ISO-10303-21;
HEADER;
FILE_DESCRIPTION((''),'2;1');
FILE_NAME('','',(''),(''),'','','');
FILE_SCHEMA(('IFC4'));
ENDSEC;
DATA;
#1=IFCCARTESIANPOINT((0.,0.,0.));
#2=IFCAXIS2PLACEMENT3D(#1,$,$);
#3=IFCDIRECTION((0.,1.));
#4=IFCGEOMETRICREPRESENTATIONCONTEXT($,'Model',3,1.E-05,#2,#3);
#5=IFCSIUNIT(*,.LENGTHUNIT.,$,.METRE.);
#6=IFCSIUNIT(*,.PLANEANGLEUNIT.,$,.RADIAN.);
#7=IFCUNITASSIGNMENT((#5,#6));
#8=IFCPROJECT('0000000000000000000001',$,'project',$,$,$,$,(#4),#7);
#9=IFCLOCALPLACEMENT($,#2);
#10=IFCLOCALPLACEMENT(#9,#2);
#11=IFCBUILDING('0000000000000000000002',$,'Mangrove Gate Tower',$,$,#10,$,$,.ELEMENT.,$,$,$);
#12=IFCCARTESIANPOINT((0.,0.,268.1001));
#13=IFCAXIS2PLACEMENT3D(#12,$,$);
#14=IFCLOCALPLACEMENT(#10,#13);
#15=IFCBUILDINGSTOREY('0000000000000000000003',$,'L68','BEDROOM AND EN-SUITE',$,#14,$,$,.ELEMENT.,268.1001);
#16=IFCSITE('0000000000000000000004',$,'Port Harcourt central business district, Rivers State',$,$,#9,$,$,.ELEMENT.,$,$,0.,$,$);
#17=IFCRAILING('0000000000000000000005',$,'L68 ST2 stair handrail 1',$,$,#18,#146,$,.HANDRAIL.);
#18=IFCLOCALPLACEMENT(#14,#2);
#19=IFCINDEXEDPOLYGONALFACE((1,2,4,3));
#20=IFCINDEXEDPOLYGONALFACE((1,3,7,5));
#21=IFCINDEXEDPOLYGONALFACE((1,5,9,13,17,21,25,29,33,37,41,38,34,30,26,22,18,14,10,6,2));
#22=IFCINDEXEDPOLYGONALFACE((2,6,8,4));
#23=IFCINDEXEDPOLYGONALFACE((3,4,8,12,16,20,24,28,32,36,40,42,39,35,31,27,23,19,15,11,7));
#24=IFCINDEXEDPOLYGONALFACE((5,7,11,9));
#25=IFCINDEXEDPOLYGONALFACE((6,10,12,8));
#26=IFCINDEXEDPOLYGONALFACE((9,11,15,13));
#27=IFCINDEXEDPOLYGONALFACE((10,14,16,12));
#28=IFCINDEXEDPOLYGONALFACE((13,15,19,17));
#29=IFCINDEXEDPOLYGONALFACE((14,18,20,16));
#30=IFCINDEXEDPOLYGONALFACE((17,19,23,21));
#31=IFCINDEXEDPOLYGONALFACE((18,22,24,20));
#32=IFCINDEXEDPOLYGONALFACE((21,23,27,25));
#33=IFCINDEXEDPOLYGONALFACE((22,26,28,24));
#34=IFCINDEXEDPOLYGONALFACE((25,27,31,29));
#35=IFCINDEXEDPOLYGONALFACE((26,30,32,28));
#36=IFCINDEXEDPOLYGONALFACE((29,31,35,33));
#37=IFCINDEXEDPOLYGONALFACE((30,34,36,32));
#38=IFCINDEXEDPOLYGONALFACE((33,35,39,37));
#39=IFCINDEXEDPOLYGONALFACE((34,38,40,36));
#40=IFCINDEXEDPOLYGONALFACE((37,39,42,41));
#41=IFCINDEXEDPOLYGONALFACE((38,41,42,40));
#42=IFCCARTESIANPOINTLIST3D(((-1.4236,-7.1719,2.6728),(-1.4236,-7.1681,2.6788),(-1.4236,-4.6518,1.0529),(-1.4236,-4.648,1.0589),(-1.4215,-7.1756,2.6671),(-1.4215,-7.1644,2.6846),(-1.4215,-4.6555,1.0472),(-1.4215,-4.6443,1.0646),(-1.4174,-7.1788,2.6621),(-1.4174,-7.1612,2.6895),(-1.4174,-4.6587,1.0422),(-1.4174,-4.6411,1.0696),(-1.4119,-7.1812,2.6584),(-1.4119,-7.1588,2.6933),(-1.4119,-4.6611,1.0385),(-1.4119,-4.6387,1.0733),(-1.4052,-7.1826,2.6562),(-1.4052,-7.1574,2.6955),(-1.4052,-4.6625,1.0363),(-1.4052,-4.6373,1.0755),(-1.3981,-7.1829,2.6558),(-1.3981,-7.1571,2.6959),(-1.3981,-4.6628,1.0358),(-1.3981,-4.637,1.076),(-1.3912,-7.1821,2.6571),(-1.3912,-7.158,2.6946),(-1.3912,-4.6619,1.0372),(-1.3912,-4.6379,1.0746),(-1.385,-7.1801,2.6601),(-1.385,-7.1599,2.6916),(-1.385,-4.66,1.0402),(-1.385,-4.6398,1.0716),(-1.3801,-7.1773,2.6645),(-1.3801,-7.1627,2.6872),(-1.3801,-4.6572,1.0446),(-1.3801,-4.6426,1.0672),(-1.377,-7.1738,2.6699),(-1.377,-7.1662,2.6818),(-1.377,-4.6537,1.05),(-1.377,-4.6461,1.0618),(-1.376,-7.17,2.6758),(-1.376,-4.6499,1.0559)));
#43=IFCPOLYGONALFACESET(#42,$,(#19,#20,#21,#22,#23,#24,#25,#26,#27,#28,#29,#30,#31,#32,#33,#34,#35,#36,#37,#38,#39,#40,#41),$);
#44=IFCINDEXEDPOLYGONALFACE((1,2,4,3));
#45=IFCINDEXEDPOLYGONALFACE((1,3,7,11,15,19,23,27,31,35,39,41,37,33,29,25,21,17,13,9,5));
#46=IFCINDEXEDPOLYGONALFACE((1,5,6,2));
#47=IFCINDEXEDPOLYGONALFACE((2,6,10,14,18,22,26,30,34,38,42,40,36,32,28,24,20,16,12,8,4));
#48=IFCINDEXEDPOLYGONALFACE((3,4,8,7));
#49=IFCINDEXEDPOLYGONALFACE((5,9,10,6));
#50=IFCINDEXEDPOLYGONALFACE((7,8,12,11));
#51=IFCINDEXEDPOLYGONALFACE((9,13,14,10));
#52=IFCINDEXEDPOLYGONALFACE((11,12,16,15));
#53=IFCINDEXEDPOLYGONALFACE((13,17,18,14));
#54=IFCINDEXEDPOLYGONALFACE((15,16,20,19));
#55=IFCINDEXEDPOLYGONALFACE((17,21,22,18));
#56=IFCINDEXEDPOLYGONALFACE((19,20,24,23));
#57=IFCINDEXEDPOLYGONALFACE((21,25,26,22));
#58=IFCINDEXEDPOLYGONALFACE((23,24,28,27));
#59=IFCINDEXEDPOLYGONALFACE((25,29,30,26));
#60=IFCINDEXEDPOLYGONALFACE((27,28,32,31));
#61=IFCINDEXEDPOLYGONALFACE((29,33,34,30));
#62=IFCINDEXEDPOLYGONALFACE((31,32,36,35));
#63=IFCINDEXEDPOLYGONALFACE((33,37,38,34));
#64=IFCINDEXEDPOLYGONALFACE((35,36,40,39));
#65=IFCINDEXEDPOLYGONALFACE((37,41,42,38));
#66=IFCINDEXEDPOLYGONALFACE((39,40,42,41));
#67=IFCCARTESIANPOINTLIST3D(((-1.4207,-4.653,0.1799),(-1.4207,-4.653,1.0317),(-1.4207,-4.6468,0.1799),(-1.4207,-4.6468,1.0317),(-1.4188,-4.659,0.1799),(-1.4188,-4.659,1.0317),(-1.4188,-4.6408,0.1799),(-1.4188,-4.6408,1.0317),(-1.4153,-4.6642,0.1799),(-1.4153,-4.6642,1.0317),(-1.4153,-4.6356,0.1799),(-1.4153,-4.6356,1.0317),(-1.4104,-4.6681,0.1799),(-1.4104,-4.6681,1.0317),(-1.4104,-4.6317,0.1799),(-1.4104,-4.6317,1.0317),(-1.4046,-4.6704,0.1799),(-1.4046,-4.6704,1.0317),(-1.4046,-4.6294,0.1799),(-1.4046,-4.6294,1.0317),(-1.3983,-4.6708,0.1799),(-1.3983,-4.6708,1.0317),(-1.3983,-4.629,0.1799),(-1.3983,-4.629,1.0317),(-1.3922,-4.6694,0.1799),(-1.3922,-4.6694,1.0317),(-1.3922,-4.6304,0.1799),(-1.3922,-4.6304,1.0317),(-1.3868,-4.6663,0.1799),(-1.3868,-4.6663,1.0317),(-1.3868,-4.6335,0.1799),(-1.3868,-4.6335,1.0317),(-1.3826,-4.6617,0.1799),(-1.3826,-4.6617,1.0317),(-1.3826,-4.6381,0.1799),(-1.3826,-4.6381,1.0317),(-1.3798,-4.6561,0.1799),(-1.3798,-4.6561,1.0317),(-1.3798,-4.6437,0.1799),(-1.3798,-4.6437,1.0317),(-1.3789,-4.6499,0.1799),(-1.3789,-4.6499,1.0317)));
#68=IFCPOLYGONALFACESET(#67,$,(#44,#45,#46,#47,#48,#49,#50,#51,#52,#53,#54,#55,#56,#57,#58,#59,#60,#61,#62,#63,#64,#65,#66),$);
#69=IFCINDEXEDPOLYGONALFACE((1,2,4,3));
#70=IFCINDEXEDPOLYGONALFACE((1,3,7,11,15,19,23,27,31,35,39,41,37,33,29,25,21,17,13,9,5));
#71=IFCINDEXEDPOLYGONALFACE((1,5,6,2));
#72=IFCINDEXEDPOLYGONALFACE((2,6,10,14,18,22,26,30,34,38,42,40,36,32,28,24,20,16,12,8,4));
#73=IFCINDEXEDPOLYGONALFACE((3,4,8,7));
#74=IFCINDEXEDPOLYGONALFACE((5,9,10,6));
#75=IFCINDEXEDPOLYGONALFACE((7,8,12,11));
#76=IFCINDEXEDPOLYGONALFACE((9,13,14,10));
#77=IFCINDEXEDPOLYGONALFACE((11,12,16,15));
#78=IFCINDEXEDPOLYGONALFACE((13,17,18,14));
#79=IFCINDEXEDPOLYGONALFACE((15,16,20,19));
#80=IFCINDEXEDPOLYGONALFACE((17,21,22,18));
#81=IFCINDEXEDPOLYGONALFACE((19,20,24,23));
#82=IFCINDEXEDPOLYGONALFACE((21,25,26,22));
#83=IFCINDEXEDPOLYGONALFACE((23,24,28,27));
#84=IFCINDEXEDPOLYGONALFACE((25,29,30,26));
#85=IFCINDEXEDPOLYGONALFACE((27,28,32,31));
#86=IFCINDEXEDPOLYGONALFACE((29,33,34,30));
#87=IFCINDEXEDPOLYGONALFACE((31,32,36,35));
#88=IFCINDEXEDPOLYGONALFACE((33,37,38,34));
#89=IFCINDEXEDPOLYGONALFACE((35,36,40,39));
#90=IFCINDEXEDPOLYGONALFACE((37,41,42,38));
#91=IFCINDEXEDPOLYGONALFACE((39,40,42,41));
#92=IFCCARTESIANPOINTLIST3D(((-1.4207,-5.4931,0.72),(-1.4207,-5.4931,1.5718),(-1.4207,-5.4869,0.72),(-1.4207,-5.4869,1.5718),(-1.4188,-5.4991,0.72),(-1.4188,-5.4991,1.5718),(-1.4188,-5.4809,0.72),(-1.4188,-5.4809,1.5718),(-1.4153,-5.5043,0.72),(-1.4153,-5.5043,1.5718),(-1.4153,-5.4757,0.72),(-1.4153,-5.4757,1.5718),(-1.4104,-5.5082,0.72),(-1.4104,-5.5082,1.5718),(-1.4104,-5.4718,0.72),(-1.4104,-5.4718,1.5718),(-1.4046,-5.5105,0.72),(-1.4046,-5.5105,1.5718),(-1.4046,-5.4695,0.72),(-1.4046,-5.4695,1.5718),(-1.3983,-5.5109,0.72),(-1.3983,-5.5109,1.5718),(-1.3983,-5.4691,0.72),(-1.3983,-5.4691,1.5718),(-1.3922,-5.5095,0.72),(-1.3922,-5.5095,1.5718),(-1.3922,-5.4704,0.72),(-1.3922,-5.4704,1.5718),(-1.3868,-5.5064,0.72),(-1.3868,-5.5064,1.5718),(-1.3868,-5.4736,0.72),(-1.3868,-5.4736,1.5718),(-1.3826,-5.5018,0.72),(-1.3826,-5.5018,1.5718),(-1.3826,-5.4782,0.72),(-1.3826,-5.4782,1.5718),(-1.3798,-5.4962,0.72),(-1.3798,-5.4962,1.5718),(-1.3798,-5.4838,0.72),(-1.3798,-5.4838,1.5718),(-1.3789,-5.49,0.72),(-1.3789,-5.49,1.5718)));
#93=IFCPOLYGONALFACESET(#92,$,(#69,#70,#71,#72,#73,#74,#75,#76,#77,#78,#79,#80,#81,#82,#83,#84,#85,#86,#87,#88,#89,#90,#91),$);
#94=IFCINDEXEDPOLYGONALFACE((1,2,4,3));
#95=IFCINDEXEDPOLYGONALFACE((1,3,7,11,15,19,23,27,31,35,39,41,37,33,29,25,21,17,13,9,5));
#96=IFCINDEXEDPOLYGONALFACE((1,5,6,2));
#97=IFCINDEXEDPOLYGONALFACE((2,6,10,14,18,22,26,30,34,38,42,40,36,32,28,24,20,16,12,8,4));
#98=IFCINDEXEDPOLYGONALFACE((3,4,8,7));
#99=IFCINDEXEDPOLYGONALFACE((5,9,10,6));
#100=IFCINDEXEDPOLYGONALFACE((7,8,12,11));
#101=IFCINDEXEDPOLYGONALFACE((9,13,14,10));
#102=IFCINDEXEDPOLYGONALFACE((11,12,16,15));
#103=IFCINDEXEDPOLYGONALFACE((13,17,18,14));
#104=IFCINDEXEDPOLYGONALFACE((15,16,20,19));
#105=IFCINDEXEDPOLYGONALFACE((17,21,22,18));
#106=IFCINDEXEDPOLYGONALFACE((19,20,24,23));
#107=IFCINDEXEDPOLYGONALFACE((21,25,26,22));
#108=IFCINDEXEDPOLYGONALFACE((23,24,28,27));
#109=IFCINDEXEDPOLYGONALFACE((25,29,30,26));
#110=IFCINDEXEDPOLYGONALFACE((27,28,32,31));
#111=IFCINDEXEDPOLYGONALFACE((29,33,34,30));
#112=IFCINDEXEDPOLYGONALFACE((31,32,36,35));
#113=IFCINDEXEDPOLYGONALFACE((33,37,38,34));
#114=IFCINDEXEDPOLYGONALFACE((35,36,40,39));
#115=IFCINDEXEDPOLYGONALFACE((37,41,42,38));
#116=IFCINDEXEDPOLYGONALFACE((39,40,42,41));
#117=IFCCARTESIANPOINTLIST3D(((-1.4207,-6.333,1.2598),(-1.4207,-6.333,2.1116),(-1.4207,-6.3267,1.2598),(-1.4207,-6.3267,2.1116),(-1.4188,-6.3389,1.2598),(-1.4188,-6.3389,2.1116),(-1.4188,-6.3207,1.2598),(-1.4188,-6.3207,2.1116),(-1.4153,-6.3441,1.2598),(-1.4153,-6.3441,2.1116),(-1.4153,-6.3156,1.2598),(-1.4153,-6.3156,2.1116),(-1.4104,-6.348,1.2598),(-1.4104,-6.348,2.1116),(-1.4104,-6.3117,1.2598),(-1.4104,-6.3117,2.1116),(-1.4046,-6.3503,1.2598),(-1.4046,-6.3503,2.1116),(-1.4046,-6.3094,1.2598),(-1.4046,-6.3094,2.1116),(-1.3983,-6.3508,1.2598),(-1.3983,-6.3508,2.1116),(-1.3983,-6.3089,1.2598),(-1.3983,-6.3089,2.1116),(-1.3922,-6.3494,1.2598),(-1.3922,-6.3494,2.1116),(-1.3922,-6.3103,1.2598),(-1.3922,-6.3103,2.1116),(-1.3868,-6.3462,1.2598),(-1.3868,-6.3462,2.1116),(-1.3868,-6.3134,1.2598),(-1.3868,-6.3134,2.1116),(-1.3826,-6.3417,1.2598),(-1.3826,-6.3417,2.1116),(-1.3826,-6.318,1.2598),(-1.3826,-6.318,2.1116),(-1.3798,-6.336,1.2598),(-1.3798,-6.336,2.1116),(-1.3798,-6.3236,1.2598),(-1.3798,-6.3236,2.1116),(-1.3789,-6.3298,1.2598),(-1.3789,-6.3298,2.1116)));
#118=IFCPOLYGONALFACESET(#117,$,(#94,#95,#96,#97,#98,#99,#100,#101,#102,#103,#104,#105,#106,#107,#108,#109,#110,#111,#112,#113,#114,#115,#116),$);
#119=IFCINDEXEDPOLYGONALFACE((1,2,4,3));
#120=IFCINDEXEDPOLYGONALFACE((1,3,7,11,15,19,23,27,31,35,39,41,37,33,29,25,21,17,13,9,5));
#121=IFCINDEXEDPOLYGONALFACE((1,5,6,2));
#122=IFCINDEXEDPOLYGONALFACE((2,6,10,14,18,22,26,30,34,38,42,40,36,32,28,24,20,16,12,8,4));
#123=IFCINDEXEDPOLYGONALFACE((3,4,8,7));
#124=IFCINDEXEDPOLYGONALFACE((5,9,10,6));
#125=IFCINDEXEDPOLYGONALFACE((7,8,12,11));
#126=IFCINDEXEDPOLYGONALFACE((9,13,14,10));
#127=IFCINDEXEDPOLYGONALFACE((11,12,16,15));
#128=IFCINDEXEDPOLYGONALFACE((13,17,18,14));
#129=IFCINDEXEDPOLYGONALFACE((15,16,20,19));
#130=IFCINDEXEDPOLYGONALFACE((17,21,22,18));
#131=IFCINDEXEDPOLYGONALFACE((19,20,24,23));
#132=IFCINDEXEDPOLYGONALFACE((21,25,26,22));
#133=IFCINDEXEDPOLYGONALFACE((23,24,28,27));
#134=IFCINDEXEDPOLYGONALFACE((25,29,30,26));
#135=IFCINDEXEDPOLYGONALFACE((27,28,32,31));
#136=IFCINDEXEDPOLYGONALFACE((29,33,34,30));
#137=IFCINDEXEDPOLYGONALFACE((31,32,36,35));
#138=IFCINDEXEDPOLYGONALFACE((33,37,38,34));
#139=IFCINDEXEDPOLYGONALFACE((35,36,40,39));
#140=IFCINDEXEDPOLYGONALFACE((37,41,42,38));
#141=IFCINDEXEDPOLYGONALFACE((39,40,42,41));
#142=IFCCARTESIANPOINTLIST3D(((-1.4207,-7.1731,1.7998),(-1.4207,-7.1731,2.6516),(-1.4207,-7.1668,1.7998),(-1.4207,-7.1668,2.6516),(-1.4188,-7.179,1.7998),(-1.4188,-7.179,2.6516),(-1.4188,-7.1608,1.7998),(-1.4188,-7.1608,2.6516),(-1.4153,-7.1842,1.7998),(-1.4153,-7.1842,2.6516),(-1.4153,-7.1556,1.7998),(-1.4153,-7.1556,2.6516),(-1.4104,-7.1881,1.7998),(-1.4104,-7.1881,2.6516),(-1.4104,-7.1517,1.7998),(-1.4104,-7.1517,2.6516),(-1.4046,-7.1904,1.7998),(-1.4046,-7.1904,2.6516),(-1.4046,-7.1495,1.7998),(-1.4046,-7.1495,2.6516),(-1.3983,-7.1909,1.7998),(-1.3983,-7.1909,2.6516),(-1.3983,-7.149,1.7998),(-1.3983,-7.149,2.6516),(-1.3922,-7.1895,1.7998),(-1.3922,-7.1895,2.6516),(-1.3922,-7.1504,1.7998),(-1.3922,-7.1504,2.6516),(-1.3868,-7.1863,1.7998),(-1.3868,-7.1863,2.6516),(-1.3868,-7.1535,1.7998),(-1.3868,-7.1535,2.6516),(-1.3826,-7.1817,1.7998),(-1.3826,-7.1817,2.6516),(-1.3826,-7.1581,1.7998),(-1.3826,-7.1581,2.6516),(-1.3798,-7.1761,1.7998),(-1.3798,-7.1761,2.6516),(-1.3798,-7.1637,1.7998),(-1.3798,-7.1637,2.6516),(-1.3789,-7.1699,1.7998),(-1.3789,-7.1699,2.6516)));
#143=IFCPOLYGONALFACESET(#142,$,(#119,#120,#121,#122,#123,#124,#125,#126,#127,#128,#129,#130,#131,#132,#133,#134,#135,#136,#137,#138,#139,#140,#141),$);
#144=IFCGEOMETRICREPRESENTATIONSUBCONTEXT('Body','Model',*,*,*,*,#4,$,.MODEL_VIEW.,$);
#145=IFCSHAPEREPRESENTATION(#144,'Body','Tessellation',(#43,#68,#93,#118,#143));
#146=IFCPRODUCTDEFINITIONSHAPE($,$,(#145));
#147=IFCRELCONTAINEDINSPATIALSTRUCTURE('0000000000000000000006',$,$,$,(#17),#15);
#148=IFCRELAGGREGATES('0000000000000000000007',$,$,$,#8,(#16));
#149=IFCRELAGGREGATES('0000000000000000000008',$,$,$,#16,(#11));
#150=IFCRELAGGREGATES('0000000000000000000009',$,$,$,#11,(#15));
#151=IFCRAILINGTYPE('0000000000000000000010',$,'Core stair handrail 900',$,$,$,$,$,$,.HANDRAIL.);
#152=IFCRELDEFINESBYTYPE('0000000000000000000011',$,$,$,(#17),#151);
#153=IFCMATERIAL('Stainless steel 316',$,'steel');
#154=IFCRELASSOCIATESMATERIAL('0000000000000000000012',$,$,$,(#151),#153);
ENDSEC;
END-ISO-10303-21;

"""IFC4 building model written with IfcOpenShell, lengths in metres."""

from ifc_helpers import new_model, si_unit, direction, frame, origin, origin_2d, place, context, subcontext, project, spatial, circle, extrude, material, type_object, element, save


model = new_model("IFC4")

# Units and contexts
model_context = context("Model", 3, precision=1e-05, world=origin(), true_north=direction((0.0, 1.0)))
body_context = subcontext(model_context, "Body", "Model", "MODEL_VIEW")
ifc_project = project(units=[si_unit("LENGTHUNIT", "METRE"), si_unit("PLANEANGLEUNIT", "RADIAN")], contexts=[model_context])

# Site, building, storey
site_placement = place(None, origin())
site = spatial("IfcSite", under=ifc_project, at=site_placement, Name="Port Harcourt central business district, Rivers State", CompositionType="ELEMENT", RefElevation=0.0)
building_placement = place(site_placement, origin())
building = spatial("IfcBuilding", under=site, at=building_placement, Name="Mangrove Gate Tower", CompositionType="ELEMENT")
storey_placement = place(building_placement, frame((0.0, 0.0, 268.1001)))
storey = spatial("IfcBuildingStorey", under=building, at=storey_placement, Name="L68", Description="BEDROOM AND EN-SUITE", CompositionType="ELEMENT", Elevation=268.1001)

# Railing
ifc_material_1 = material(Name="Stainless steel 316", Category="steel")
railing_type_1 = type_object("IfcRailingType", Name="Core stair handrail 900", PredefinedType="HANDRAIL", material=ifc_material_1)
railing_1_placement = place(storey_placement, frame((-1.3999, -4.6499, 0.1799)))
element("IfcRailing", 1, at=railing_1_placement, inside=storey, type_object=railing_type_1, Name="L68 ST2 stair handrail 1", PredefinedType="HANDRAIL", context=body_context, shape_type="SweptSolid", body=[
    extrude(circle(Radius=0.0239, at=origin_2d()), frame((0.0, 0.0, 0.876), z_axis=(0.0, -0.8412, 0.540725), x_axis=(1.0, 0.0, 0.0)), (0.0, 0.0, 1.0), 2.9958),
    extrude(circle(Radius=0.021, at=origin_2d()), origin(), (0.0, 0.0, 1.0), 0.8518),
    extrude(circle(Radius=0.021, at=origin_2d()), frame((0.0, -0.8401, 0.54)), (0.0, 0.0, 1.0), 0.8518),
    extrude(circle(Radius=0.021, at=origin_2d()), frame((0.0, -1.6799, 1.0798)), (0.0, 0.0, 1.0), 0.8518),
    extrude(circle(Radius=0.021, at=origin_2d()), frame((0.0, -2.52, 1.6199)), (0.0, 0.0, 1.0), 0.8518),
])

save(model, "model.ifc")
